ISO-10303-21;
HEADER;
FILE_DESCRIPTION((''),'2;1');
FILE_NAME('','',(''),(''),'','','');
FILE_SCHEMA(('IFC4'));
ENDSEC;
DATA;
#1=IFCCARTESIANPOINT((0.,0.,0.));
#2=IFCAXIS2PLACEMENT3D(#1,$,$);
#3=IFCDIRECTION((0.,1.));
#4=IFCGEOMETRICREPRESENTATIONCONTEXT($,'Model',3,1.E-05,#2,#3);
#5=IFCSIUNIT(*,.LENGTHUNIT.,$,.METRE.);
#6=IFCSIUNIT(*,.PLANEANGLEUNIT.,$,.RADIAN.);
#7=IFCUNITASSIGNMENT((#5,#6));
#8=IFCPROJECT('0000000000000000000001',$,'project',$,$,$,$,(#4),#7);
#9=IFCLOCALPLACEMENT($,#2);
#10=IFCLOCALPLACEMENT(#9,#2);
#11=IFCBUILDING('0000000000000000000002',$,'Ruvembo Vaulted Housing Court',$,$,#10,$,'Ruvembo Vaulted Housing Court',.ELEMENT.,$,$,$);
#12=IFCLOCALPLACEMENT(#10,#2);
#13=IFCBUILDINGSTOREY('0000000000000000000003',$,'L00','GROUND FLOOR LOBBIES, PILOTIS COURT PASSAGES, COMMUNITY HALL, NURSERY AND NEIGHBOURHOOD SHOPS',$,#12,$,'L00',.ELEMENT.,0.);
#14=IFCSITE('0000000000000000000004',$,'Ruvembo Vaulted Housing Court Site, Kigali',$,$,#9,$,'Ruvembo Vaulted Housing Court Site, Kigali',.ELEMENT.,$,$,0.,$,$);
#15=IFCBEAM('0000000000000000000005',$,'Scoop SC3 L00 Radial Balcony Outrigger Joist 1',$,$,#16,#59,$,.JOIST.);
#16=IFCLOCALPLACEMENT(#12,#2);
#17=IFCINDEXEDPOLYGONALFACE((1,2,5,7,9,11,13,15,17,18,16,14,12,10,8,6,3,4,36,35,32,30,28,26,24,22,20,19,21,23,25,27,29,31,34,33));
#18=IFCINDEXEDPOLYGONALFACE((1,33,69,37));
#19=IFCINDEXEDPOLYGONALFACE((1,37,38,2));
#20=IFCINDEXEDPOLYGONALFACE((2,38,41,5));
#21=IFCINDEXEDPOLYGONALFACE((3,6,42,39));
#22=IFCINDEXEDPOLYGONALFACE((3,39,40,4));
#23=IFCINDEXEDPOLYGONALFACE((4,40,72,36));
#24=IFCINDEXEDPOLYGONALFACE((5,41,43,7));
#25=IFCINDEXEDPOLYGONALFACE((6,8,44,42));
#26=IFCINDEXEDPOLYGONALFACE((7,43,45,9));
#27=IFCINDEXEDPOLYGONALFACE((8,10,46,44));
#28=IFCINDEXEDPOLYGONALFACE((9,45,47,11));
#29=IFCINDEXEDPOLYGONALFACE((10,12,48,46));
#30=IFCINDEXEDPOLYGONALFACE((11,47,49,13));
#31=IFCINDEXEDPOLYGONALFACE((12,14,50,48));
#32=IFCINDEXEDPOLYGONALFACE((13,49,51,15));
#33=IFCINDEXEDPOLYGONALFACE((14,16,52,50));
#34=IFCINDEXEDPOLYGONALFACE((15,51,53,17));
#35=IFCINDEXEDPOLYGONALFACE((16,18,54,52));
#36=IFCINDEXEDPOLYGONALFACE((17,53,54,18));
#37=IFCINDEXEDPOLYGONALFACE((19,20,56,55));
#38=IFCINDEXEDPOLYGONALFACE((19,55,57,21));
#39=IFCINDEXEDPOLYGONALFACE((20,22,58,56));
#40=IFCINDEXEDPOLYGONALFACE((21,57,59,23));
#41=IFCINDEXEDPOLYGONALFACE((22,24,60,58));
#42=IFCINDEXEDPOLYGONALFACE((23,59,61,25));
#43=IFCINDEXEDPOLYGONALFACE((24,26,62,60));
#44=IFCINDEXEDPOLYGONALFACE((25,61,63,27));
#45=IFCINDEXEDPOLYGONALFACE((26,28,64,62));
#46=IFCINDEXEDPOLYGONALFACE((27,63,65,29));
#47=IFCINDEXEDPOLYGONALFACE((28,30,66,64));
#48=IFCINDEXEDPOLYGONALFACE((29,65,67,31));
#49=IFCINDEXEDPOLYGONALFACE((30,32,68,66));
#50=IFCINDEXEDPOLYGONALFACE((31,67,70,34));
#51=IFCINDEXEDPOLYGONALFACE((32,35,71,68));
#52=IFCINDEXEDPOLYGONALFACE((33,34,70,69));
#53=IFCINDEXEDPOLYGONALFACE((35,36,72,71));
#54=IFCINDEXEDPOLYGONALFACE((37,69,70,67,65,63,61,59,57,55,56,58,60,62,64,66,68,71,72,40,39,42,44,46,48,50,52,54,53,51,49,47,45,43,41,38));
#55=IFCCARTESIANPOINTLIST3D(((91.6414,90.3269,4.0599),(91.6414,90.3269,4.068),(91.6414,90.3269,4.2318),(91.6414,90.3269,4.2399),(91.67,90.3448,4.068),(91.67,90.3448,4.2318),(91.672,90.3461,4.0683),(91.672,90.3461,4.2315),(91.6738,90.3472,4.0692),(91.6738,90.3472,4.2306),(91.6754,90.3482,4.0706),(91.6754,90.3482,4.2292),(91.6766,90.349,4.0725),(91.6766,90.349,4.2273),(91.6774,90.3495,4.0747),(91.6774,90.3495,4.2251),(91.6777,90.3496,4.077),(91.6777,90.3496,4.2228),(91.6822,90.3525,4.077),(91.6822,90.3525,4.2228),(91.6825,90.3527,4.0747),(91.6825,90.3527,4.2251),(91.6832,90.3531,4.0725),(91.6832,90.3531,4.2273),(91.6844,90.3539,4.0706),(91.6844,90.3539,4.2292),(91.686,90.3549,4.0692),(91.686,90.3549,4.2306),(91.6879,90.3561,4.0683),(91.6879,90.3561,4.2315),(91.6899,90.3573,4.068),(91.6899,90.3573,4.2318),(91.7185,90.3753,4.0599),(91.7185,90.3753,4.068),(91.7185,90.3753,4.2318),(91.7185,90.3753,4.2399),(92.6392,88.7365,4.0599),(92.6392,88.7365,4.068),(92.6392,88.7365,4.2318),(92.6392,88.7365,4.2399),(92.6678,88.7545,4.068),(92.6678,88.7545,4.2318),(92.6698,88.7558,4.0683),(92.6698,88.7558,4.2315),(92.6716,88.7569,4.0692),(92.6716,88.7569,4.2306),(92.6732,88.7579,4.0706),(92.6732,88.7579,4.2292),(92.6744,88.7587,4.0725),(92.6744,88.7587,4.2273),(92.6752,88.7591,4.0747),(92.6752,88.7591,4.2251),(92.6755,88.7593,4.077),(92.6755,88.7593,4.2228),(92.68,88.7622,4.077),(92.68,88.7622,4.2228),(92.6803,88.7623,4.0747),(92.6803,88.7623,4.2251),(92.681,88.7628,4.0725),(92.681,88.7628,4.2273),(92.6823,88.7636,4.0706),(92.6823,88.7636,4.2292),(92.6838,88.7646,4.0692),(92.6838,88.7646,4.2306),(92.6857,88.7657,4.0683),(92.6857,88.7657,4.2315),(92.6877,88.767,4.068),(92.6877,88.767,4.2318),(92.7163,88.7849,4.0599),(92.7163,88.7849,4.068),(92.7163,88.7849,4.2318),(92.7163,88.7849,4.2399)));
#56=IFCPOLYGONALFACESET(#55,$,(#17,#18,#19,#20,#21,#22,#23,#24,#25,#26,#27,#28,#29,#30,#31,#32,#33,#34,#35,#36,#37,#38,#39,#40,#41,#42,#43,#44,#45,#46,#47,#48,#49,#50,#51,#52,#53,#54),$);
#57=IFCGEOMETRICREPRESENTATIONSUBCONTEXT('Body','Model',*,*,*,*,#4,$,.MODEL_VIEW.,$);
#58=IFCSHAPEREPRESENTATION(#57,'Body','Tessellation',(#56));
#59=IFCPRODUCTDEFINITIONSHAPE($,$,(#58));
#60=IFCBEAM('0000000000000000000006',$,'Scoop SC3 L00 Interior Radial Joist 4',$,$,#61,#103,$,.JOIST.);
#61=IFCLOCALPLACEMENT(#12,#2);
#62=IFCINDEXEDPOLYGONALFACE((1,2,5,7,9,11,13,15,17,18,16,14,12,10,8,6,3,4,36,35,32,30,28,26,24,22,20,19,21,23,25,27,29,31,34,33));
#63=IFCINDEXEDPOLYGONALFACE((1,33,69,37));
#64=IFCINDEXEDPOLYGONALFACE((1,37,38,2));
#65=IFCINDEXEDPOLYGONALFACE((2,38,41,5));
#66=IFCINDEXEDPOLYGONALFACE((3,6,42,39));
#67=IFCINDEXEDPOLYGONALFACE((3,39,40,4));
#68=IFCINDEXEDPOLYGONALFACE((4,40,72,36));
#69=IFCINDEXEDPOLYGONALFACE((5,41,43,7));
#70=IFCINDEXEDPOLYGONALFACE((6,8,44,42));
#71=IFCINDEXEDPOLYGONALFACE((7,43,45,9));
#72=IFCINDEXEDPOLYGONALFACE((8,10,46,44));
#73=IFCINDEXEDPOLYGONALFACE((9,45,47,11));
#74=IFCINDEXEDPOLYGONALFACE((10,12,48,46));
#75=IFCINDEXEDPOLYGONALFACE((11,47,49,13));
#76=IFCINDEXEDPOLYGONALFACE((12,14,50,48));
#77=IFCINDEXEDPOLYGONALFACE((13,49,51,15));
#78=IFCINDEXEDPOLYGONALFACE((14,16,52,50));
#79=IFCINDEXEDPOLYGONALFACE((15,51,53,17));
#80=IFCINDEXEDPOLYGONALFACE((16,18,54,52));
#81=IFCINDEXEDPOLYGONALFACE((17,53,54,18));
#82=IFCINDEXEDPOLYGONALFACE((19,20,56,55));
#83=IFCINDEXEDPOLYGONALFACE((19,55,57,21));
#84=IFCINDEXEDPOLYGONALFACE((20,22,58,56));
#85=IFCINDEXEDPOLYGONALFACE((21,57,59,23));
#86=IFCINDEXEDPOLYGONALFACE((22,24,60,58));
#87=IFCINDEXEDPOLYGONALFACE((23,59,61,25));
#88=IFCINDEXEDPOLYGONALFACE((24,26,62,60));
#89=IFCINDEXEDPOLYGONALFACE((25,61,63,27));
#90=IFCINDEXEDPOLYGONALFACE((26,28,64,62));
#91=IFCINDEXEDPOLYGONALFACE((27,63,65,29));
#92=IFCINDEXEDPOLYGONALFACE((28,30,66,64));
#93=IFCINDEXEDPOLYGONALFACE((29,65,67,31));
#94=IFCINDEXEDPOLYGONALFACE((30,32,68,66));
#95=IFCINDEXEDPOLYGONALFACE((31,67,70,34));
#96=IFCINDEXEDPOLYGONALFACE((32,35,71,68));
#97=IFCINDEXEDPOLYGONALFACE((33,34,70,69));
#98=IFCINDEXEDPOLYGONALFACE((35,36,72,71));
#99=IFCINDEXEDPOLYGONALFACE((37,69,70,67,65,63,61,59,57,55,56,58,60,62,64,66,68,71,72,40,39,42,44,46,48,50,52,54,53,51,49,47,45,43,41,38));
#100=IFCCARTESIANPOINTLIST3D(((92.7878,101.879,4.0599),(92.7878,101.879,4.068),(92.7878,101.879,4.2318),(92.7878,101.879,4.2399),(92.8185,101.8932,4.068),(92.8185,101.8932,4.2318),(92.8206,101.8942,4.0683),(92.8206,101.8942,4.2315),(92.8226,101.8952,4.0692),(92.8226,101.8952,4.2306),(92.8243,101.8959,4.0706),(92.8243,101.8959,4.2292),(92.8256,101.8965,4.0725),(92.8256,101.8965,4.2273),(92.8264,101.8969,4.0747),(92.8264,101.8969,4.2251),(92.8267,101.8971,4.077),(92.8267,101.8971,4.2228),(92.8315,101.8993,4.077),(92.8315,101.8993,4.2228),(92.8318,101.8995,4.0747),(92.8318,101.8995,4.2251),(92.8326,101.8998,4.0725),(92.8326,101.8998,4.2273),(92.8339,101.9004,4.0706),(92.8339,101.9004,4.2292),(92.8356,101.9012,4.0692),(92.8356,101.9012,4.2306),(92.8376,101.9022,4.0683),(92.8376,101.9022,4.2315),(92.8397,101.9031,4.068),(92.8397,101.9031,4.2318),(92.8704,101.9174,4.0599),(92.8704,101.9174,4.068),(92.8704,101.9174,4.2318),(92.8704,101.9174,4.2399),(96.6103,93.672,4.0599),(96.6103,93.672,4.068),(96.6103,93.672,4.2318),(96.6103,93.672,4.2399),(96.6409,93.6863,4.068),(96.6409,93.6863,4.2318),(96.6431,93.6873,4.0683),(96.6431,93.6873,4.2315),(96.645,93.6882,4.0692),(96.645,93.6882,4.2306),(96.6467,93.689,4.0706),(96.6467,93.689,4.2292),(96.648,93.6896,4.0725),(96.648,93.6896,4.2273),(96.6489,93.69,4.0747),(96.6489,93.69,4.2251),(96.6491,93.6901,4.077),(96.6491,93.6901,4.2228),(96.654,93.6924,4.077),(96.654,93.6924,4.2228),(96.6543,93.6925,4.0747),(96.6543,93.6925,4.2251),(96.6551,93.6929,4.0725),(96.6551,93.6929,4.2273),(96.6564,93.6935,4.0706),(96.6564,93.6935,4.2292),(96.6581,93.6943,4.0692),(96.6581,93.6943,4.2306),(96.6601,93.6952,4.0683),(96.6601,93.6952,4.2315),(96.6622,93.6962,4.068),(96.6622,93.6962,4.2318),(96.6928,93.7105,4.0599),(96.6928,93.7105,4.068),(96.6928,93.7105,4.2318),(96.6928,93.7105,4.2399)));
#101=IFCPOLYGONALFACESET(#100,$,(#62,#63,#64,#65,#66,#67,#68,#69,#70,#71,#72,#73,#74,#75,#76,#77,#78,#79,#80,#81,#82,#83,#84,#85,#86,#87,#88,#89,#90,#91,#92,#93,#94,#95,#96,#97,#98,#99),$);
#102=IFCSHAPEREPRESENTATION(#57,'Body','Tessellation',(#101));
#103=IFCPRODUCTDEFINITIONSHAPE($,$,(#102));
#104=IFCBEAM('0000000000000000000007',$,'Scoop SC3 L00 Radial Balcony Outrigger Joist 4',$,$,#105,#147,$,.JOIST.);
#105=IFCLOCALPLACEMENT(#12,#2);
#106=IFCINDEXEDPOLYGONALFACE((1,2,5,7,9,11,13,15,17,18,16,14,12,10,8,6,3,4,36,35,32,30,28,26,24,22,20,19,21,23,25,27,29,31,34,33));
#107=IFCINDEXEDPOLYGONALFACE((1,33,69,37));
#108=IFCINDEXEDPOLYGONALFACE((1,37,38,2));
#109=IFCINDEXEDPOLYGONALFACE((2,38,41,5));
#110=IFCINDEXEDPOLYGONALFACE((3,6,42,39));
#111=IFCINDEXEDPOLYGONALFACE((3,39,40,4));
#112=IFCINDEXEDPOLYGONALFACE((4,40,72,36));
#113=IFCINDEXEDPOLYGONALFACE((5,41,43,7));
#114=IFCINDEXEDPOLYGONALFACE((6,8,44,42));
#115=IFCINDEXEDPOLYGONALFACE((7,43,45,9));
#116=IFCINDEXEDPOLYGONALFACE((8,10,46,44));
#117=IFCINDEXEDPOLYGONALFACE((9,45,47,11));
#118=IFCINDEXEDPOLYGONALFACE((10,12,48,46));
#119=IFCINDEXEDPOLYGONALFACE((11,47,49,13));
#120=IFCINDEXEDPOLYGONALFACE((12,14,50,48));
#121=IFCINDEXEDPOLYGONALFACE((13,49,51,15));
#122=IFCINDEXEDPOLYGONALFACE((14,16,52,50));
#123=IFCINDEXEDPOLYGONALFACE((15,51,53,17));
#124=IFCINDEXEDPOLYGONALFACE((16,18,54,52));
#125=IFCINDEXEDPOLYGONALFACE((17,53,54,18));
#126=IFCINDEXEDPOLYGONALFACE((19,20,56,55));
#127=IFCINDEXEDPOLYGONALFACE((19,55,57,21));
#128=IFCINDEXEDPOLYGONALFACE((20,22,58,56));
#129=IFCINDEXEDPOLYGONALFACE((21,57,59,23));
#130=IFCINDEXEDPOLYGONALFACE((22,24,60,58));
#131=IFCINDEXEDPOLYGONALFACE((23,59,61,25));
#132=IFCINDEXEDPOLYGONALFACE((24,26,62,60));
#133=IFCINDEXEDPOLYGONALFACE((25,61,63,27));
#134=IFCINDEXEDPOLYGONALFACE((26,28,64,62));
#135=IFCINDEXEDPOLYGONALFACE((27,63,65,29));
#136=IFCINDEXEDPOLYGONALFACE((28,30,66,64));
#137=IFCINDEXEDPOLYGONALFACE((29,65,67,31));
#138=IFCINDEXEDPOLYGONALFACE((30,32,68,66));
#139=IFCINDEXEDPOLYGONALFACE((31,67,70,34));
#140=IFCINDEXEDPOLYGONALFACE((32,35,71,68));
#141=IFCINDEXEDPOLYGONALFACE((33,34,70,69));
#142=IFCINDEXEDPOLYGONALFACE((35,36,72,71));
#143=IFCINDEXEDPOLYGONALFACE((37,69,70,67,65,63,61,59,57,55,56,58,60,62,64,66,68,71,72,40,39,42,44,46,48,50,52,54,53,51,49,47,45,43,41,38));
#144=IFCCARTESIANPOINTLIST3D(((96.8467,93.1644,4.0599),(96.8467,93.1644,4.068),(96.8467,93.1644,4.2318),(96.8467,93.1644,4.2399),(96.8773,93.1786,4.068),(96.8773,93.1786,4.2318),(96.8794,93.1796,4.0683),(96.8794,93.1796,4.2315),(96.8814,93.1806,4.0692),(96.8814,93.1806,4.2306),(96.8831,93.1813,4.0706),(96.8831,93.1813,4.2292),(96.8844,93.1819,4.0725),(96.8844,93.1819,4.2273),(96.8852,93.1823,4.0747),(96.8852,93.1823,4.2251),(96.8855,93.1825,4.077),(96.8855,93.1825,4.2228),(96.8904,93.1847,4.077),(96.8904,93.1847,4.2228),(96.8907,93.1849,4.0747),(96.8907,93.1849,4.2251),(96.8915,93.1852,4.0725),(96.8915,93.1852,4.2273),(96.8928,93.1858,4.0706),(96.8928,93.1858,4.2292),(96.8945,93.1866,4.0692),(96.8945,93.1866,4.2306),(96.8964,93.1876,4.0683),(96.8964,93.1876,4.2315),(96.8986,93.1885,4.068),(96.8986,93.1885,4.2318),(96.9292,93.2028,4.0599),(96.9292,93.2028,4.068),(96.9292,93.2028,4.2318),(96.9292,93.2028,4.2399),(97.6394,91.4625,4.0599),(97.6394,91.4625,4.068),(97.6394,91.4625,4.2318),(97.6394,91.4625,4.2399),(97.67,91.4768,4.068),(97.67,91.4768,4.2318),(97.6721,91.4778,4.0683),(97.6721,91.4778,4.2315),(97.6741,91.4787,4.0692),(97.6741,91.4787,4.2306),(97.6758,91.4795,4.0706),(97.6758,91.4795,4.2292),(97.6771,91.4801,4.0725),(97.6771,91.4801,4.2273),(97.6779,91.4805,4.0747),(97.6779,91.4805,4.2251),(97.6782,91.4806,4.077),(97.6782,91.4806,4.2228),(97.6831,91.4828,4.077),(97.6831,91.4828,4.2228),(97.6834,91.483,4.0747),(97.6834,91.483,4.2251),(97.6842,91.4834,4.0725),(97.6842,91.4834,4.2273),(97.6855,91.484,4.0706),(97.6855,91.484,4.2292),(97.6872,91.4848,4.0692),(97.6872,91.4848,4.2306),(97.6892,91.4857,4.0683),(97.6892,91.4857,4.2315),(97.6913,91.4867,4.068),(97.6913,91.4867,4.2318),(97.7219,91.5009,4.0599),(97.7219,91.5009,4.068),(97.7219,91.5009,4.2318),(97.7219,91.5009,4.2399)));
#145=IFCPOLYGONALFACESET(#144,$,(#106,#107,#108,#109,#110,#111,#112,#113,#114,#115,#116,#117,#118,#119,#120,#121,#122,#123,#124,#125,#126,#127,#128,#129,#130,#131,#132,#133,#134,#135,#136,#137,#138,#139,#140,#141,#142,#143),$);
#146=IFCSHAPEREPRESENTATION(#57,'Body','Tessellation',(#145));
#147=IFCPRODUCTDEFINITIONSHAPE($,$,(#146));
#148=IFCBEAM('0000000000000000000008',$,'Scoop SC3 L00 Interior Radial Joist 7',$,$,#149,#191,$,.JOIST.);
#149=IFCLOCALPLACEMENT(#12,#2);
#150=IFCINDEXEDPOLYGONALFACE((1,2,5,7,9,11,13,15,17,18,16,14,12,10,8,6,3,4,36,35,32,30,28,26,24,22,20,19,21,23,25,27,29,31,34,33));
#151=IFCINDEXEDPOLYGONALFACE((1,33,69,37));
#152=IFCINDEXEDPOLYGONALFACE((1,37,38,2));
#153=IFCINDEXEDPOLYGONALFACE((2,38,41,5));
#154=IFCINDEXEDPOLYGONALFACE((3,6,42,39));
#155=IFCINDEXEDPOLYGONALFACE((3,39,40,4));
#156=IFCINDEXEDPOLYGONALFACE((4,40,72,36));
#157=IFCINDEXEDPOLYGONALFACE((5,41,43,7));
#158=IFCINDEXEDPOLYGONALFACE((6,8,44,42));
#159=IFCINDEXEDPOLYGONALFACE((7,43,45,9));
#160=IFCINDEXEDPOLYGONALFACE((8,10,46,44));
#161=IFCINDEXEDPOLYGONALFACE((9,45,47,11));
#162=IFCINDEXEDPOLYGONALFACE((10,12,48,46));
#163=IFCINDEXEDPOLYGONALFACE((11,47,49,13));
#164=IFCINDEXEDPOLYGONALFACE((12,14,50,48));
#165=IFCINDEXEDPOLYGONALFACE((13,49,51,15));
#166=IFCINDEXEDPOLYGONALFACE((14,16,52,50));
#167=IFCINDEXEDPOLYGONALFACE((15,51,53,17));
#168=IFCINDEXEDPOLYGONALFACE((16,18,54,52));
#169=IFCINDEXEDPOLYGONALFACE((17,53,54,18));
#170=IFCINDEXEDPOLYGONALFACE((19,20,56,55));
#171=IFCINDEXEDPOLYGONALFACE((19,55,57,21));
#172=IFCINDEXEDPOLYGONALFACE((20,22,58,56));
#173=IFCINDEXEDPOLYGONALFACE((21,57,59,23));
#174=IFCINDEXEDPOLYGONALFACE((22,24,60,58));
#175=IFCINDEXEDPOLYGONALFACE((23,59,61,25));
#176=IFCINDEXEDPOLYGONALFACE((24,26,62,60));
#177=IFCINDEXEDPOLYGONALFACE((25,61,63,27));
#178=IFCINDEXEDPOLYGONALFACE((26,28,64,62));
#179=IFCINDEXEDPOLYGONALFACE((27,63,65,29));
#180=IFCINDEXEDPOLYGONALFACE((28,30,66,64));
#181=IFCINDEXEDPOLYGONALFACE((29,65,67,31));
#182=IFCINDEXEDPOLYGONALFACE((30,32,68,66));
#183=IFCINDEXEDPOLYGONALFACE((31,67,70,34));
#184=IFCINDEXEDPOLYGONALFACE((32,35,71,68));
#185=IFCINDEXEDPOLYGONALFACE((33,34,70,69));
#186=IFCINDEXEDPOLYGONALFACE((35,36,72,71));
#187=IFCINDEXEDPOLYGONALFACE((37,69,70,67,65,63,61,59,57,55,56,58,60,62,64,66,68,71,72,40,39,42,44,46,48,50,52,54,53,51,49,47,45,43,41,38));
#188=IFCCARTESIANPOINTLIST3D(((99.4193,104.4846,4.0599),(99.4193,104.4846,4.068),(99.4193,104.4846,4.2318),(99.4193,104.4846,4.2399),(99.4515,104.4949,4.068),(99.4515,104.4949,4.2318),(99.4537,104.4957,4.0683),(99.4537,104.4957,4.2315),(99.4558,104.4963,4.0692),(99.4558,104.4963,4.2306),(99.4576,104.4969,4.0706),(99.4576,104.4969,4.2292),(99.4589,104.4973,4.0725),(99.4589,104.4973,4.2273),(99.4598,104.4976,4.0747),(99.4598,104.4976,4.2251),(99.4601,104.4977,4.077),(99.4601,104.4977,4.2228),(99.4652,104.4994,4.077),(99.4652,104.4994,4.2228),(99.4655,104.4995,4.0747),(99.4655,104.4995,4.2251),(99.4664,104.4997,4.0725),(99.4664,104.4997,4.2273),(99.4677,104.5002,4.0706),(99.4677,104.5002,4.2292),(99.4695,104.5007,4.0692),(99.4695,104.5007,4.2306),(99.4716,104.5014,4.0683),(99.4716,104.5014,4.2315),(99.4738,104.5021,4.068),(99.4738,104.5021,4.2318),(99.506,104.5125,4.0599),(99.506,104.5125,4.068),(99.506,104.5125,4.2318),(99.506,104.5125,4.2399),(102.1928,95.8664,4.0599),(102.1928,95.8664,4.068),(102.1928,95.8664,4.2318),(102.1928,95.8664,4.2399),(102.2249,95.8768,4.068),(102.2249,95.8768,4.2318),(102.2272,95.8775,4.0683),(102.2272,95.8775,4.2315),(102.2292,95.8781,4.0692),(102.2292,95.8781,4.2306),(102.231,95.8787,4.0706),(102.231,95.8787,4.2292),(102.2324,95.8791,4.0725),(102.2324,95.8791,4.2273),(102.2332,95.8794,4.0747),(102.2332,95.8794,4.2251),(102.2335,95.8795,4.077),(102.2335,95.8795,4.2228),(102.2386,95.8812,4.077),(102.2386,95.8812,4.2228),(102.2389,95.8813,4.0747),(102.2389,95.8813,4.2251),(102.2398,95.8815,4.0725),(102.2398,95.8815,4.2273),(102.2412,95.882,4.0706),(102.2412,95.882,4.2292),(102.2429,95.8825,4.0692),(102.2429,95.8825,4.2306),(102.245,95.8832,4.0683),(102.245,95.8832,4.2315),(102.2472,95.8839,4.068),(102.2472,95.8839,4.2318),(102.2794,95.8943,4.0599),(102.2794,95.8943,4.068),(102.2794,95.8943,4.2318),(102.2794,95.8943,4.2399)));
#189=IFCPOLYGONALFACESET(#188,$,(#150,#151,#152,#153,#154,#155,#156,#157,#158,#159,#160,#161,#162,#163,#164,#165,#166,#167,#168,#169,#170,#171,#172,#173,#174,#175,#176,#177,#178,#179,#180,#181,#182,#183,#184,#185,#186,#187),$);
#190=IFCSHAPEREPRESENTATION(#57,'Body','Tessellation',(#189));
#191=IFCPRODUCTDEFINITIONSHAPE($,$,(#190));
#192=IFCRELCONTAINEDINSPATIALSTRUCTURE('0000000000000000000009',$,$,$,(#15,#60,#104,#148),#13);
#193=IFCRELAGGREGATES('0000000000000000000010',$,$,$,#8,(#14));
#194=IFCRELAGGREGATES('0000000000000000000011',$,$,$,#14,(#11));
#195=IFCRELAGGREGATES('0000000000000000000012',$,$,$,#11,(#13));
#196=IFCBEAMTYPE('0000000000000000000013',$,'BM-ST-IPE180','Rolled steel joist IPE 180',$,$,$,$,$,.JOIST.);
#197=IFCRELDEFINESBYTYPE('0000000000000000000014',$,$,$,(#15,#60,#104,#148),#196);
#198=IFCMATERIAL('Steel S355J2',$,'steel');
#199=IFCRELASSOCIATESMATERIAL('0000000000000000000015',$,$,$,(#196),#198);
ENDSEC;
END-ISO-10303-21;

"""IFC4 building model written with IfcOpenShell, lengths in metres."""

from ifc_helpers import new_model, si_unit, direction, frame, origin, origin_2d, place, context, subcontext, project, spatial, i_section, extrude, material, material_profile, profile_set, type_object, element, save


model = new_model("IFC4")

# Units and contexts
model_context = context("Model", 3, precision=1e-05, world=origin(), true_north=direction((0.0, 1.0)))
body_context = subcontext(model_context, "Body", "Model", "MODEL_VIEW")
ifc_project = project(units=[si_unit("LENGTHUNIT", "METRE"), si_unit("PLANEANGLEUNIT", "RADIAN")], contexts=[model_context])

# Site, building, storey
site_placement = place(None, origin())
site = spatial("IfcSite", under=ifc_project, at=site_placement, Name="Ruvembo Vaulted Housing Court Site, Kigali", LongName="Ruvembo Vaulted Housing Court Site, Kigali", CompositionType="ELEMENT", RefElevation=0.0)
building_placement = place(site_placement, origin())
building = spatial("IfcBuilding", under=site, at=building_placement, Name="Ruvembo Vaulted Housing Court", LongName="Ruvembo Vaulted Housing Court", CompositionType="ELEMENT")
storey_placement = place(building_placement, origin())
storey = spatial("IfcBuildingStorey", under=building, at=storey_placement, Name="L00", Description="GROUND FLOOR LOBBIES, PILOTIS COURT PASSAGES, COMMUNITY HALL, NURSERY AND NEIGHBOURHOOD SHOPS", LongName="L00", CompositionType="ELEMENT", Elevation=0.0)

# Beams
ifc_material_1 = material(Name="Steel S355J2", Category="steel")
ifc_material_profile_1 = material_profile(ifc_material_1, i_section(OverallWidth=0.0911, OverallDepth=0.1799, WebThickness=0.0054, FlangeThickness=0.0081, FilletRadius=0.009, at=origin_2d()), Name="IPE 180")
ifc_profile_set_1 = profile_set([ifc_material_profile_1], Name="Steel S355J2")
beam_type_1 = type_object("IfcBeamType", Name="BM-ST-IPE180", Description="Rolled steel joist IPE 180", PredefinedType="JOIST", material=ifc_profile_set_1)
beam_1_placement = place(storey_placement, frame((91.6799, 90.3511, 4.1499), z_axis=(0.531471, -0.847077, 0.0), x_axis=(0.847077, 0.531471, 0.0)))
element("IfcBeam", 1, at=beam_1_placement, inside=storey, type_object=beam_type_1, Name="Scoop SC3 L00 Radial Balcony Outrigger Joist 1", PredefinedType="JOIST", context=body_context, shape_type="SweptSolid", body=[
    extrude(i_section(OverallWidth=0.0911, OverallDepth=0.1799, WebThickness=0.0054, FlangeThickness=0.0081, FilletRadius=0.009, at=origin_2d()), origin(), (0.0, 0.0, 1.0), 1.8774),
])
beam_2_placement = place(storey_placement, frame((92.8291, 101.8982, 4.1499), z_axis=(0.422211, -0.906498, 0.0), x_axis=(0.906498, 0.422211, 0.0)))
element("IfcBeam", 2, at=beam_2_placement, inside=storey, type_object=beam_type_1, Name="Scoop SC3 L00 Interior Radial Joist 4", PredefinedType="JOIST", context=body_context, shape_type="SweptSolid", body=[
    extrude(i_section(OverallWidth=0.0911, OverallDepth=0.1799, WebThickness=0.0054, FlangeThickness=0.0081, FilletRadius=0.009, at=origin_2d()), origin(), (0.0, 0.0, 1.0), 9.0535),
])
beam_3_placement = place(storey_placement, frame((96.8879, 93.1836, 4.1499), z_axis=(0.42223, -0.906489, 0.0), x_axis=(0.906489, 0.42223, 0.0)))
element("IfcBeam", 3, at=beam_3_placement, inside=storey, type_object=beam_type_1, Name="Scoop SC3 L00 Radial Balcony Outrigger Joist 4", PredefinedType="JOIST", context=body_context, shape_type="SweptSolid", body=[
    extrude(i_section(OverallWidth=0.0911, OverallDepth=0.1799, WebThickness=0.0054, FlangeThickness=0.0081, FilletRadius=0.009, at=origin_2d()), origin(), (0.0, 0.0, 1.0), 1.8774),
])
beam_4_placement = place(storey_placement, frame((99.4626, 104.4985, 4.1499), z_axis=(0.306341, -0.951922, 0.0), x_axis=(0.951922, 0.306341, 0.0)))
element("IfcBeam", 4, at=beam_4_placement, inside=storey, type_object=beam_type_1, Name="Scoop SC3 L00 Interior Radial Joist 7", PredefinedType="JOIST", context=body_context, shape_type="SweptSolid", body=[
    extrude(i_section(OverallWidth=0.0911, OverallDepth=0.1799, WebThickness=0.0054, FlangeThickness=0.0081, FilletRadius=0.009, at=origin_2d()), origin(), (0.0, 0.0, 1.0), 9.0535),
])

save(model, "model.ifc")
